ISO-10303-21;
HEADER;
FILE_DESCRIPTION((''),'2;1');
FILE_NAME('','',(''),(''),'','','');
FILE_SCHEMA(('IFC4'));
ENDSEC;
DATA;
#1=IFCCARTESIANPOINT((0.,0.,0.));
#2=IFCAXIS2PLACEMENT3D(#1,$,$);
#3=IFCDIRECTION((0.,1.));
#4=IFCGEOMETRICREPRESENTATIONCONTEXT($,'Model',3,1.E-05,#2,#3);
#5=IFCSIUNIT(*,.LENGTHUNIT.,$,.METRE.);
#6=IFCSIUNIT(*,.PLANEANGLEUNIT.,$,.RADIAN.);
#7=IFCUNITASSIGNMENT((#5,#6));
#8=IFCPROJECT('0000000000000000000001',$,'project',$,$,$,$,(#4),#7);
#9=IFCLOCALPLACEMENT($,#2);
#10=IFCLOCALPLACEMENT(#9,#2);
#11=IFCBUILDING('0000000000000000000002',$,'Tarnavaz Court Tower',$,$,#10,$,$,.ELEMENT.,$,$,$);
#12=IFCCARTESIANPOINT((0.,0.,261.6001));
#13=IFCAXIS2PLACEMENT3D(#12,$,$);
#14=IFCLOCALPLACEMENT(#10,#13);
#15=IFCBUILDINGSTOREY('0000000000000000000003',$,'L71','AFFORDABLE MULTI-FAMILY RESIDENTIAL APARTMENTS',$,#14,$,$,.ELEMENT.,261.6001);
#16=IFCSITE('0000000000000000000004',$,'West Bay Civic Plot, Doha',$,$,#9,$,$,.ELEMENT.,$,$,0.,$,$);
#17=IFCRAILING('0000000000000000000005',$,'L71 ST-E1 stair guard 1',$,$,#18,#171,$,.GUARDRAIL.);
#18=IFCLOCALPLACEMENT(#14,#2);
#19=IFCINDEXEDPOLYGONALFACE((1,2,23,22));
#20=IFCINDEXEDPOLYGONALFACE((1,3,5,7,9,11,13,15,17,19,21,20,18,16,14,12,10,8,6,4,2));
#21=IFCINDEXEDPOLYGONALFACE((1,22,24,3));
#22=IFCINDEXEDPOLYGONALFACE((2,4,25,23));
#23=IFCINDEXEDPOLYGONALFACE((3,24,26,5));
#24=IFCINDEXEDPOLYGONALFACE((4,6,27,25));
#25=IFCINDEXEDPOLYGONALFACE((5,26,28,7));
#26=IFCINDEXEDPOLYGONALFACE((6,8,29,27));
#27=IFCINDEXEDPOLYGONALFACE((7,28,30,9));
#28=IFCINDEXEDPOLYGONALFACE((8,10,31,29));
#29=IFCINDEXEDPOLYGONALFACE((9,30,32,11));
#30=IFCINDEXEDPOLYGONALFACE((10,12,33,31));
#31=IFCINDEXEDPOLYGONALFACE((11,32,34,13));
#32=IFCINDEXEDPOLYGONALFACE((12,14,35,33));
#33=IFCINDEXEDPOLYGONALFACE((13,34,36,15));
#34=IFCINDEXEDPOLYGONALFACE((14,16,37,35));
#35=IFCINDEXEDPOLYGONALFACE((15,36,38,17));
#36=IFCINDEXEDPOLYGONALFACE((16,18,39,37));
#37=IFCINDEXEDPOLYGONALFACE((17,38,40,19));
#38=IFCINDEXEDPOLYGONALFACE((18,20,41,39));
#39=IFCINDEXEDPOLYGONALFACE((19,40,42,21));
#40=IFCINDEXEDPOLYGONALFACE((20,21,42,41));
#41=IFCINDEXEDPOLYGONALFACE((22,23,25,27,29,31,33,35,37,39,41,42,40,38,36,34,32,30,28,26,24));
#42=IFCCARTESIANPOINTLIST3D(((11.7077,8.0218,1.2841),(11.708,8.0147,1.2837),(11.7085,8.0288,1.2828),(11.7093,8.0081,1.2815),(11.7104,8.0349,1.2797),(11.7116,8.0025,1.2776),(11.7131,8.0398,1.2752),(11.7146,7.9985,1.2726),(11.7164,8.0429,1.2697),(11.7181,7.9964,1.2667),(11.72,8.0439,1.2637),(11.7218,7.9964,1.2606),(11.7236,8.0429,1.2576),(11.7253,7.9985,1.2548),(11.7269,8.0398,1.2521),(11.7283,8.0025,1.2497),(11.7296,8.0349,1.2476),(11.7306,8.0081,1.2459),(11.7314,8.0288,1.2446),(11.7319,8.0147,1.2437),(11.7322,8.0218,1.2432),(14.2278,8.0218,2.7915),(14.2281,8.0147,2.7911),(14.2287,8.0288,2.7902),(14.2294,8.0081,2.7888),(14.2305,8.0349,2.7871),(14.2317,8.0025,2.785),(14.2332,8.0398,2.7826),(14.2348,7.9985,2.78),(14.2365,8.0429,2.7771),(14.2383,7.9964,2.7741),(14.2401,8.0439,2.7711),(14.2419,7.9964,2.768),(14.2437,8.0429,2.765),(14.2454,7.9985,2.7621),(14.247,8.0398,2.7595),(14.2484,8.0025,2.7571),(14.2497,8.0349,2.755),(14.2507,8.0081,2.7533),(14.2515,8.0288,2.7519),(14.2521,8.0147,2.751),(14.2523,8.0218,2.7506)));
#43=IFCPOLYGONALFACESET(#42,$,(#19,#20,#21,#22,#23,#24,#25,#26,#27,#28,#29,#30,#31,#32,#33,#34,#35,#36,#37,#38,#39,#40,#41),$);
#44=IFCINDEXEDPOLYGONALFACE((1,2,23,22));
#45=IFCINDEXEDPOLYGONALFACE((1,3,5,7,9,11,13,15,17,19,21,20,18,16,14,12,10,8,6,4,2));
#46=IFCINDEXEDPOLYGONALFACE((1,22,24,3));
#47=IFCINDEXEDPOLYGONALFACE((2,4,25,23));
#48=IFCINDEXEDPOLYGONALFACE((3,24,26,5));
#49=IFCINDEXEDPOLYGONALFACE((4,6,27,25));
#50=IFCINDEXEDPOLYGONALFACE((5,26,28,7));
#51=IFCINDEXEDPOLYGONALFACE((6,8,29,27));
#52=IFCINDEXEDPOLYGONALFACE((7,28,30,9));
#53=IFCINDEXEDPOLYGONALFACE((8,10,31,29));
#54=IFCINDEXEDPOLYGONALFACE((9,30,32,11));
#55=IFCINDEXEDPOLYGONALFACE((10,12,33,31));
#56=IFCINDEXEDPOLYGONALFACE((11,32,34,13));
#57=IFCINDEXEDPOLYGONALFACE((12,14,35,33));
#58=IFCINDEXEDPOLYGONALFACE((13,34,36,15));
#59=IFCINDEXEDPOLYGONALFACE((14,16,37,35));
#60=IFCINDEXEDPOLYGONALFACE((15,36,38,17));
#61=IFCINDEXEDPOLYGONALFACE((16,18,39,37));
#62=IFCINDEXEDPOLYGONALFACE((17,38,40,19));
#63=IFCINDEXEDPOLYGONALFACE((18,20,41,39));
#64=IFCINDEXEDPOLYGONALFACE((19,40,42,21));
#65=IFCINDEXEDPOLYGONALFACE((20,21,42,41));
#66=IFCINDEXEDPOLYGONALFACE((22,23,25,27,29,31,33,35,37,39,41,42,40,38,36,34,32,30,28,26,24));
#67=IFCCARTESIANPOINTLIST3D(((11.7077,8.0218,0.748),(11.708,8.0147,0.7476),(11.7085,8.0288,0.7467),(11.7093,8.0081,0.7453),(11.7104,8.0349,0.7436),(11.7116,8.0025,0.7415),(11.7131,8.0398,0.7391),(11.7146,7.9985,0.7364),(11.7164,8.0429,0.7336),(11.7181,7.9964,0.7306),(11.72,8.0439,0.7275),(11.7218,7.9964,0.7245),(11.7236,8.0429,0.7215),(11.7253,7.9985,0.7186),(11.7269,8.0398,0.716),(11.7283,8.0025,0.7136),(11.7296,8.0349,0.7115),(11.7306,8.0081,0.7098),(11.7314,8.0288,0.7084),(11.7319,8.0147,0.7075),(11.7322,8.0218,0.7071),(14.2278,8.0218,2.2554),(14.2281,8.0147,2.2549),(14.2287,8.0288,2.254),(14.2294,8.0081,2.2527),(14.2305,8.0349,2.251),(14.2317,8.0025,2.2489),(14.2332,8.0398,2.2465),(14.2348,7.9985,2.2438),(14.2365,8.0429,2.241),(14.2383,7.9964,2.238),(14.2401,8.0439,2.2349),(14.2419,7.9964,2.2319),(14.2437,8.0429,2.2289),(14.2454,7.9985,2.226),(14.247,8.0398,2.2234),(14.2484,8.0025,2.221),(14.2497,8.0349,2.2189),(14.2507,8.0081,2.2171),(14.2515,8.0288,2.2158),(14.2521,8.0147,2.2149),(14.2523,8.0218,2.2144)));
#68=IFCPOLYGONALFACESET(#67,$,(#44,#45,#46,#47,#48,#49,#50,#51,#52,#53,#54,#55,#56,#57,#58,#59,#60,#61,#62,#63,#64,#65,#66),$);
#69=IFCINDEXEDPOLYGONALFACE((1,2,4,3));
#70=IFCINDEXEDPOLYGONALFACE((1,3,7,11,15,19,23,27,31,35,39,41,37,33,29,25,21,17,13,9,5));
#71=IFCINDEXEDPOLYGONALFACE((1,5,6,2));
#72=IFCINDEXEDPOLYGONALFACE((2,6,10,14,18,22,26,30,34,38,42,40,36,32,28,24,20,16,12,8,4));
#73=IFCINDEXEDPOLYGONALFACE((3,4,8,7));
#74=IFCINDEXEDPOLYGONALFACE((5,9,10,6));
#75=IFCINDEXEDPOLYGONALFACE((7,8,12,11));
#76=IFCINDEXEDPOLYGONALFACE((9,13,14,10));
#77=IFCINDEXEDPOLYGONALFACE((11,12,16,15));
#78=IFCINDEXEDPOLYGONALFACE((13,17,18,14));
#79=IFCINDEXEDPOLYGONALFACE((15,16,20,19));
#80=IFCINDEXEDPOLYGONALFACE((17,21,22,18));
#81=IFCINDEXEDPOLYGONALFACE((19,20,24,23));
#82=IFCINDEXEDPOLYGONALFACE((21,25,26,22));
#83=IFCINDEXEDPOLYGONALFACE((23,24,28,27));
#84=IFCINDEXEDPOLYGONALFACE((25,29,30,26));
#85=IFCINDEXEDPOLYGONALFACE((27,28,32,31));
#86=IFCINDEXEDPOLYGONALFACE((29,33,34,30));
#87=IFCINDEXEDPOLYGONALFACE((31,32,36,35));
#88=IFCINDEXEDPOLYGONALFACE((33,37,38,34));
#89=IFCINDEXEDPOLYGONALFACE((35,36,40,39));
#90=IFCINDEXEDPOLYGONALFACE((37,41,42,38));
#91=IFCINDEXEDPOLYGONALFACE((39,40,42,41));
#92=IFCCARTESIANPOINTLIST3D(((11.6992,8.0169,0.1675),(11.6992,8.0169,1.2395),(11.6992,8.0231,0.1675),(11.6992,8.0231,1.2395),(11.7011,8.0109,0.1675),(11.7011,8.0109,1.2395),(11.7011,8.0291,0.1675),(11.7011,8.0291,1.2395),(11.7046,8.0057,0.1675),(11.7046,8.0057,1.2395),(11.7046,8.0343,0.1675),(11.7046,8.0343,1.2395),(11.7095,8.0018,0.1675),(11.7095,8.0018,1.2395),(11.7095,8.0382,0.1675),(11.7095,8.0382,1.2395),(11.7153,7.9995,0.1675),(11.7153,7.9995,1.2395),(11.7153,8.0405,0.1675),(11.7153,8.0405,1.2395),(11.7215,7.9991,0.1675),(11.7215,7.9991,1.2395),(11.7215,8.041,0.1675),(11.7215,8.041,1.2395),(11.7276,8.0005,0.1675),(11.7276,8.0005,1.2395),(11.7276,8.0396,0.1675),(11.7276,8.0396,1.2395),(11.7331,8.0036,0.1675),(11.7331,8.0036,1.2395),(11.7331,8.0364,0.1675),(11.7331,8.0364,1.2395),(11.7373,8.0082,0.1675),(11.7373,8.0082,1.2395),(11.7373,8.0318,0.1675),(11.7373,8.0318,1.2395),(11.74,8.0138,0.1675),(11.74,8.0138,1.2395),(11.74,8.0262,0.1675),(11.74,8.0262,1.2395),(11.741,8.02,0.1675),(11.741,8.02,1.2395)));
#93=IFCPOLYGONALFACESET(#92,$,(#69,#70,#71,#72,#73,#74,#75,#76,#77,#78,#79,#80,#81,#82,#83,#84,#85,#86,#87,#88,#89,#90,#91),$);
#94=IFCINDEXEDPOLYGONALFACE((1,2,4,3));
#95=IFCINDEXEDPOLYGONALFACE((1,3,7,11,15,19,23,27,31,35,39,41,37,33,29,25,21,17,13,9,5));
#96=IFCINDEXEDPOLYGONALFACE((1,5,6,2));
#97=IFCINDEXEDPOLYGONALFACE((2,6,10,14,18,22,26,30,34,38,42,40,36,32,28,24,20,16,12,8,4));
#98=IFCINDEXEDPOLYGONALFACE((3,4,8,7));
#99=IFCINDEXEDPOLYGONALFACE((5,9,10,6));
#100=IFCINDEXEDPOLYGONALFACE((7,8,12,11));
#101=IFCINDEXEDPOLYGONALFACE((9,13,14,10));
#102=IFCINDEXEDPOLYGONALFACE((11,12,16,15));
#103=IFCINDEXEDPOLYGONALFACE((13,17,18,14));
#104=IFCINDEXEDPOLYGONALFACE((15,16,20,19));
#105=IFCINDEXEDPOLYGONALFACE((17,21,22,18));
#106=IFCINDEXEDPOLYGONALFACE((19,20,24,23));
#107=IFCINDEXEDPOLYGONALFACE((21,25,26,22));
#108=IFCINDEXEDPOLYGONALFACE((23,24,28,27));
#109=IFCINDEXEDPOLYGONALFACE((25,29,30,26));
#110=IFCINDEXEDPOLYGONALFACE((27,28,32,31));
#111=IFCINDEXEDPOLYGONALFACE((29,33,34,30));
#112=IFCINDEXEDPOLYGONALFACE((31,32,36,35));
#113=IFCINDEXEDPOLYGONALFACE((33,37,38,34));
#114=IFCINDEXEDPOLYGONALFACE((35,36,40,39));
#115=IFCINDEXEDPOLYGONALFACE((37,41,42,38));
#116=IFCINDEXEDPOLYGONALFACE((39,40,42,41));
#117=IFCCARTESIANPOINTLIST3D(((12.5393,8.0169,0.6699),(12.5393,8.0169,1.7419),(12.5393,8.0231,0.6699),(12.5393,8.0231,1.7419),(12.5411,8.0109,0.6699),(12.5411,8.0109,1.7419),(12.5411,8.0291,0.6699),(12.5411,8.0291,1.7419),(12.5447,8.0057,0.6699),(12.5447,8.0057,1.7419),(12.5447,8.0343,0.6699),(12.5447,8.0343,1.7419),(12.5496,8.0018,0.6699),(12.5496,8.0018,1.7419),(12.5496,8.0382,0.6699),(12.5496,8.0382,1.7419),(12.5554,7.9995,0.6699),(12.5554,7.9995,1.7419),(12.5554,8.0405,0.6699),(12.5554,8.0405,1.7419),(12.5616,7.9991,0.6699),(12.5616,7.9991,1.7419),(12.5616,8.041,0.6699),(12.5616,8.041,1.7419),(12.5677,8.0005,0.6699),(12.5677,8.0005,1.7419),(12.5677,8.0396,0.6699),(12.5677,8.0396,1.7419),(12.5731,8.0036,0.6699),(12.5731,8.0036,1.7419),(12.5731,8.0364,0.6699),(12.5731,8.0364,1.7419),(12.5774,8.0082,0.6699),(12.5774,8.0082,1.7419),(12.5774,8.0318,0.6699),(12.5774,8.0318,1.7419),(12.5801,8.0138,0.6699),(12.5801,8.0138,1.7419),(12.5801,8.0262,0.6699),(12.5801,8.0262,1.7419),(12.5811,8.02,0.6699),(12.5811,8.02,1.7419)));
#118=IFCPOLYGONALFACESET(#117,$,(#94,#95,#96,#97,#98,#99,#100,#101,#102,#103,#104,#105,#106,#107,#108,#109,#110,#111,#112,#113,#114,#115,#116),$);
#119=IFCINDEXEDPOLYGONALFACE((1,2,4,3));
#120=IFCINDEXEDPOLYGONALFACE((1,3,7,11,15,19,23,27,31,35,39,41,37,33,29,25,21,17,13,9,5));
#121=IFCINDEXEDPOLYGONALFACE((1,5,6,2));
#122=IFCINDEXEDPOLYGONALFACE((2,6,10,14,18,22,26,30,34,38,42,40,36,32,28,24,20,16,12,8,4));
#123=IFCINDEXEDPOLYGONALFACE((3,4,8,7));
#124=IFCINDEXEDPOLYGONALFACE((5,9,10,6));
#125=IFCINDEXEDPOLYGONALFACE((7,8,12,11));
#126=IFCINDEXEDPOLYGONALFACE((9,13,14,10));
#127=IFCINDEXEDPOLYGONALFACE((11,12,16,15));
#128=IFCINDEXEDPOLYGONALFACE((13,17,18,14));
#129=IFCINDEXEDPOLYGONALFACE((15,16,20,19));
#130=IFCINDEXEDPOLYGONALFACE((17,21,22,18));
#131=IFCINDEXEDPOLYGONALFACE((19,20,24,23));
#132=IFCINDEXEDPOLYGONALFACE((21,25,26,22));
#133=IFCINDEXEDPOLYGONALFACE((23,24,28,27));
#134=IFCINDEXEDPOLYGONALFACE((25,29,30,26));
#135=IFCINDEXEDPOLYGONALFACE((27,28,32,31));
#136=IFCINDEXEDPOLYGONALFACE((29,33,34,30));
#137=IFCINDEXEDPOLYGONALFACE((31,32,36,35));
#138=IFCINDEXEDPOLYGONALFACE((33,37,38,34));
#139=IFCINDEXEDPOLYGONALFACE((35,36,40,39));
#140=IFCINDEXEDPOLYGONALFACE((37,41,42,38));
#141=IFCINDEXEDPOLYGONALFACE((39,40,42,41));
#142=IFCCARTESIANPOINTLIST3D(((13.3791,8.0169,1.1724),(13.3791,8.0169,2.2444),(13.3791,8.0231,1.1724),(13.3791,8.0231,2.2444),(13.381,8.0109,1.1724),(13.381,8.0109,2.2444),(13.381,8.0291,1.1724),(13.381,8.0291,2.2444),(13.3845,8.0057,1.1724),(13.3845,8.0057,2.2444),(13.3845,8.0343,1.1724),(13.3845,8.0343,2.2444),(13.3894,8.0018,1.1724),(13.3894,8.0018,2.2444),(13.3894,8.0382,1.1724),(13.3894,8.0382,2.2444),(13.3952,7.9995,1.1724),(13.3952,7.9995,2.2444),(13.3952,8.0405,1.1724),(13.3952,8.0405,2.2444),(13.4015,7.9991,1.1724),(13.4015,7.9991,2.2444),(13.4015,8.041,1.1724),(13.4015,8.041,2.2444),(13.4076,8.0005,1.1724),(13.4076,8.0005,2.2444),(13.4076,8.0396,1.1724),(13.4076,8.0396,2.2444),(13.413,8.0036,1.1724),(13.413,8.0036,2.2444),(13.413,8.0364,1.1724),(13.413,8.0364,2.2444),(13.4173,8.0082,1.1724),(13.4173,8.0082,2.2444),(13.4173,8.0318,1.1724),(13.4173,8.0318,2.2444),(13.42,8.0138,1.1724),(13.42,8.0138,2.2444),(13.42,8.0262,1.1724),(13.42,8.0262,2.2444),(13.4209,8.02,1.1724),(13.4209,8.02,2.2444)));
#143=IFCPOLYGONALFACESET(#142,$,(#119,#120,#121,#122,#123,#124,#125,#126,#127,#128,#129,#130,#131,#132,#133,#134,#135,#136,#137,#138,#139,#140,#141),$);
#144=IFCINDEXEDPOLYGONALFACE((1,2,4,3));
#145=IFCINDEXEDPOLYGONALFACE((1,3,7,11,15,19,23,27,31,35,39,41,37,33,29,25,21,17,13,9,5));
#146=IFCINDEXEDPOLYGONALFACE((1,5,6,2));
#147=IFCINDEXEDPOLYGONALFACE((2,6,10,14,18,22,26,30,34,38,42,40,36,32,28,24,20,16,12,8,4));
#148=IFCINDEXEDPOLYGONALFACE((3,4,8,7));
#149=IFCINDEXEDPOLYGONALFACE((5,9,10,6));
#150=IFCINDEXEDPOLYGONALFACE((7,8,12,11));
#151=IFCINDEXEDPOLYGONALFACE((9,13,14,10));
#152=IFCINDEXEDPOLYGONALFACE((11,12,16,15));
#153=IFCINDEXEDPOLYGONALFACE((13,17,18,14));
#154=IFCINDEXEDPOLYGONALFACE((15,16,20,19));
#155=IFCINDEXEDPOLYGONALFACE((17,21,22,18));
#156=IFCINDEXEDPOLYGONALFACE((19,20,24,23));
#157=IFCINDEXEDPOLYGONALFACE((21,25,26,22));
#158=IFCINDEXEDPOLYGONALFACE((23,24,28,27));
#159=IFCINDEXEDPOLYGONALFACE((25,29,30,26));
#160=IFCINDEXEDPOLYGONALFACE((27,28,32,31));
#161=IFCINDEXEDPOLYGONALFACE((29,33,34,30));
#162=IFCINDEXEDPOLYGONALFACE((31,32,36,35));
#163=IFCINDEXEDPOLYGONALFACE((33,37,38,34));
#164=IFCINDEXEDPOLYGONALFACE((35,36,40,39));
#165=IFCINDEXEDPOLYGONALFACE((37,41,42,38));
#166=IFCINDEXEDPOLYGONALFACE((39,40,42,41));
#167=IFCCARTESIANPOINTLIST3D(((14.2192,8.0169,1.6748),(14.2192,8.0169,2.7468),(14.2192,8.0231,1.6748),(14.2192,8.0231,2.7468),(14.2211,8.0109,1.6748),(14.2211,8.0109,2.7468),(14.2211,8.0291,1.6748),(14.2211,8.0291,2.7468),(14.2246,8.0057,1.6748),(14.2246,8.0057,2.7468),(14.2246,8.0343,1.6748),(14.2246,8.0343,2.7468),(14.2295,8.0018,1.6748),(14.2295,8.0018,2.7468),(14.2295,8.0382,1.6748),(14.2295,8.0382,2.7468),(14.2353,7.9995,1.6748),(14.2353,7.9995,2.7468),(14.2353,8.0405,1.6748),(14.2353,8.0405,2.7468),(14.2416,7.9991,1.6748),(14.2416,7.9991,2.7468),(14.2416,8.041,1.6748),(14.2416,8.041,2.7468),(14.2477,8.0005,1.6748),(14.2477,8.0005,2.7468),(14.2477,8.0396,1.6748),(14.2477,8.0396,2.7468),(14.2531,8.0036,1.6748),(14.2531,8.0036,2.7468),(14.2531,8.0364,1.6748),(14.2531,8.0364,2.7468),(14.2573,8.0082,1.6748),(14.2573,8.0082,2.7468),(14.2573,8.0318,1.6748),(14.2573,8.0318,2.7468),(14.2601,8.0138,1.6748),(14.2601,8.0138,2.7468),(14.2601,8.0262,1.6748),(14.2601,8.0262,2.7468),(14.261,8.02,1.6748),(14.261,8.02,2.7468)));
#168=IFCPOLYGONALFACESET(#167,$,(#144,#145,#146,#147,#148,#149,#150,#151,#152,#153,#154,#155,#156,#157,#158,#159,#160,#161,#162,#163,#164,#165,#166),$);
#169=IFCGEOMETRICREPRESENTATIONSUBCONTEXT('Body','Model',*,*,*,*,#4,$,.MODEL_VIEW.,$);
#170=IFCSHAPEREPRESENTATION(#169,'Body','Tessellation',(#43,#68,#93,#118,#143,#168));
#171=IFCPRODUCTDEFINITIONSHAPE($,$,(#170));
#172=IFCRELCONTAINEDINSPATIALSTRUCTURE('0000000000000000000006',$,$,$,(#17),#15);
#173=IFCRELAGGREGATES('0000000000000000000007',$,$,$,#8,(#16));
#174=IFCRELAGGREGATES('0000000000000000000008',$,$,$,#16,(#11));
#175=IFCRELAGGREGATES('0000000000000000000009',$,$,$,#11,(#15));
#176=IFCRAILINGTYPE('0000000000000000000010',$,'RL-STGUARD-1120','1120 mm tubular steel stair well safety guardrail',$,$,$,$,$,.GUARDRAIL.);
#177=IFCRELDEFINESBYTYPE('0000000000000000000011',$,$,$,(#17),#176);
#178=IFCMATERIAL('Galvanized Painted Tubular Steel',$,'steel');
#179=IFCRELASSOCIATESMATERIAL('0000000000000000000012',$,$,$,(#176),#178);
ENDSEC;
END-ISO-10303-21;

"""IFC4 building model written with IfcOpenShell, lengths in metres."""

from ifc_helpers import new_model, si_unit, direction, frame, origin, origin_2d, place, context, subcontext, project, spatial, circle, extrude, material, type_object, element, save


model = new_model("IFC4")

# Units and contexts
model_context = context("Model", 3, precision=1e-05, world=origin(), true_north=direction((0.0, 1.0)))
body_context = subcontext(model_context, "Body", "Model", "MODEL_VIEW")
ifc_project = project(units=[si_unit("LENGTHUNIT", "METRE"), si_unit("PLANEANGLEUNIT", "RADIAN")], contexts=[model_context])

# Site, building, storey
site_placement = place(None, origin())
site = spatial("IfcSite", under=ifc_project, at=site_placement, Name="West Bay Civic Plot, Doha", CompositionType="ELEMENT", RefElevation=0.0)
building_placement = place(site_placement, origin())
building = spatial("IfcBuilding", under=site, at=building_placement, Name="Tarnavaz Court Tower", CompositionType="ELEMENT")
storey_placement = place(building_placement, frame((0.0, 0.0, 261.6001)))
storey = spatial("IfcBuildingStorey", under=building, at=storey_placement, Name="L71", Description="AFFORDABLE MULTI-FAMILY RESIDENTIAL APARTMENTS", CompositionType="ELEMENT", Elevation=261.6001)

# Railing
ifc_material_1 = material(Name="Galvanized Painted Tubular Steel", Category="steel")
railing_type_1 = type_object("IfcRailingType", Name="RL-STGUARD-1120", Description="1120 mm tubular steel stair well safety guardrail", PredefinedType="GUARDRAIL", material=ifc_material_1)
railing_1_placement = place(storey_placement, frame((11.72, 8.02, 0.1675)))
element("IfcRailing", 1, at=railing_1_placement, inside=storey, type_object=railing_type_1, Name="L71 ST-E1 stair guard 1", PredefinedType="GUARDRAIL", context=body_context, shape_type="SweptSolid", body=[
    extrude(circle(Radius=0.0239, at=origin_2d()), frame((0.0, 0.0, 1.0962), z_axis=(0.858196, 0.0, 0.513321), x_axis=(0.0, 1.0, 0.0)), (0.0, 0.0, 1.0), 2.9365),
    extrude(circle(Radius=0.0239, at=origin_2d()), frame((0.0, 0.0, 0.5601), z_axis=(0.858196, 0.0, 0.513321), x_axis=(0.0, 1.0, 0.0)), (0.0, 0.0, 1.0), 2.9365),
    extrude(circle(Radius=0.021, at=origin_2d()), origin(), (0.0, 0.0, 1.0), 1.072),
    extrude(circle(Radius=0.021, at=origin_2d()), frame((0.8401, 0.0, 0.5024)), (0.0, 0.0, 1.0), 1.072),
    extrude(circle(Radius=0.021, at=origin_2d()), frame((1.6799, 0.0, 1.0049)), (0.0, 0.0, 1.0), 1.072),
    extrude(circle(Radius=0.021, at=origin_2d()), frame((2.52, 0.0, 1.5073)), (0.0, 0.0, 1.0), 1.072),
])

save(model, "model.ifc")
